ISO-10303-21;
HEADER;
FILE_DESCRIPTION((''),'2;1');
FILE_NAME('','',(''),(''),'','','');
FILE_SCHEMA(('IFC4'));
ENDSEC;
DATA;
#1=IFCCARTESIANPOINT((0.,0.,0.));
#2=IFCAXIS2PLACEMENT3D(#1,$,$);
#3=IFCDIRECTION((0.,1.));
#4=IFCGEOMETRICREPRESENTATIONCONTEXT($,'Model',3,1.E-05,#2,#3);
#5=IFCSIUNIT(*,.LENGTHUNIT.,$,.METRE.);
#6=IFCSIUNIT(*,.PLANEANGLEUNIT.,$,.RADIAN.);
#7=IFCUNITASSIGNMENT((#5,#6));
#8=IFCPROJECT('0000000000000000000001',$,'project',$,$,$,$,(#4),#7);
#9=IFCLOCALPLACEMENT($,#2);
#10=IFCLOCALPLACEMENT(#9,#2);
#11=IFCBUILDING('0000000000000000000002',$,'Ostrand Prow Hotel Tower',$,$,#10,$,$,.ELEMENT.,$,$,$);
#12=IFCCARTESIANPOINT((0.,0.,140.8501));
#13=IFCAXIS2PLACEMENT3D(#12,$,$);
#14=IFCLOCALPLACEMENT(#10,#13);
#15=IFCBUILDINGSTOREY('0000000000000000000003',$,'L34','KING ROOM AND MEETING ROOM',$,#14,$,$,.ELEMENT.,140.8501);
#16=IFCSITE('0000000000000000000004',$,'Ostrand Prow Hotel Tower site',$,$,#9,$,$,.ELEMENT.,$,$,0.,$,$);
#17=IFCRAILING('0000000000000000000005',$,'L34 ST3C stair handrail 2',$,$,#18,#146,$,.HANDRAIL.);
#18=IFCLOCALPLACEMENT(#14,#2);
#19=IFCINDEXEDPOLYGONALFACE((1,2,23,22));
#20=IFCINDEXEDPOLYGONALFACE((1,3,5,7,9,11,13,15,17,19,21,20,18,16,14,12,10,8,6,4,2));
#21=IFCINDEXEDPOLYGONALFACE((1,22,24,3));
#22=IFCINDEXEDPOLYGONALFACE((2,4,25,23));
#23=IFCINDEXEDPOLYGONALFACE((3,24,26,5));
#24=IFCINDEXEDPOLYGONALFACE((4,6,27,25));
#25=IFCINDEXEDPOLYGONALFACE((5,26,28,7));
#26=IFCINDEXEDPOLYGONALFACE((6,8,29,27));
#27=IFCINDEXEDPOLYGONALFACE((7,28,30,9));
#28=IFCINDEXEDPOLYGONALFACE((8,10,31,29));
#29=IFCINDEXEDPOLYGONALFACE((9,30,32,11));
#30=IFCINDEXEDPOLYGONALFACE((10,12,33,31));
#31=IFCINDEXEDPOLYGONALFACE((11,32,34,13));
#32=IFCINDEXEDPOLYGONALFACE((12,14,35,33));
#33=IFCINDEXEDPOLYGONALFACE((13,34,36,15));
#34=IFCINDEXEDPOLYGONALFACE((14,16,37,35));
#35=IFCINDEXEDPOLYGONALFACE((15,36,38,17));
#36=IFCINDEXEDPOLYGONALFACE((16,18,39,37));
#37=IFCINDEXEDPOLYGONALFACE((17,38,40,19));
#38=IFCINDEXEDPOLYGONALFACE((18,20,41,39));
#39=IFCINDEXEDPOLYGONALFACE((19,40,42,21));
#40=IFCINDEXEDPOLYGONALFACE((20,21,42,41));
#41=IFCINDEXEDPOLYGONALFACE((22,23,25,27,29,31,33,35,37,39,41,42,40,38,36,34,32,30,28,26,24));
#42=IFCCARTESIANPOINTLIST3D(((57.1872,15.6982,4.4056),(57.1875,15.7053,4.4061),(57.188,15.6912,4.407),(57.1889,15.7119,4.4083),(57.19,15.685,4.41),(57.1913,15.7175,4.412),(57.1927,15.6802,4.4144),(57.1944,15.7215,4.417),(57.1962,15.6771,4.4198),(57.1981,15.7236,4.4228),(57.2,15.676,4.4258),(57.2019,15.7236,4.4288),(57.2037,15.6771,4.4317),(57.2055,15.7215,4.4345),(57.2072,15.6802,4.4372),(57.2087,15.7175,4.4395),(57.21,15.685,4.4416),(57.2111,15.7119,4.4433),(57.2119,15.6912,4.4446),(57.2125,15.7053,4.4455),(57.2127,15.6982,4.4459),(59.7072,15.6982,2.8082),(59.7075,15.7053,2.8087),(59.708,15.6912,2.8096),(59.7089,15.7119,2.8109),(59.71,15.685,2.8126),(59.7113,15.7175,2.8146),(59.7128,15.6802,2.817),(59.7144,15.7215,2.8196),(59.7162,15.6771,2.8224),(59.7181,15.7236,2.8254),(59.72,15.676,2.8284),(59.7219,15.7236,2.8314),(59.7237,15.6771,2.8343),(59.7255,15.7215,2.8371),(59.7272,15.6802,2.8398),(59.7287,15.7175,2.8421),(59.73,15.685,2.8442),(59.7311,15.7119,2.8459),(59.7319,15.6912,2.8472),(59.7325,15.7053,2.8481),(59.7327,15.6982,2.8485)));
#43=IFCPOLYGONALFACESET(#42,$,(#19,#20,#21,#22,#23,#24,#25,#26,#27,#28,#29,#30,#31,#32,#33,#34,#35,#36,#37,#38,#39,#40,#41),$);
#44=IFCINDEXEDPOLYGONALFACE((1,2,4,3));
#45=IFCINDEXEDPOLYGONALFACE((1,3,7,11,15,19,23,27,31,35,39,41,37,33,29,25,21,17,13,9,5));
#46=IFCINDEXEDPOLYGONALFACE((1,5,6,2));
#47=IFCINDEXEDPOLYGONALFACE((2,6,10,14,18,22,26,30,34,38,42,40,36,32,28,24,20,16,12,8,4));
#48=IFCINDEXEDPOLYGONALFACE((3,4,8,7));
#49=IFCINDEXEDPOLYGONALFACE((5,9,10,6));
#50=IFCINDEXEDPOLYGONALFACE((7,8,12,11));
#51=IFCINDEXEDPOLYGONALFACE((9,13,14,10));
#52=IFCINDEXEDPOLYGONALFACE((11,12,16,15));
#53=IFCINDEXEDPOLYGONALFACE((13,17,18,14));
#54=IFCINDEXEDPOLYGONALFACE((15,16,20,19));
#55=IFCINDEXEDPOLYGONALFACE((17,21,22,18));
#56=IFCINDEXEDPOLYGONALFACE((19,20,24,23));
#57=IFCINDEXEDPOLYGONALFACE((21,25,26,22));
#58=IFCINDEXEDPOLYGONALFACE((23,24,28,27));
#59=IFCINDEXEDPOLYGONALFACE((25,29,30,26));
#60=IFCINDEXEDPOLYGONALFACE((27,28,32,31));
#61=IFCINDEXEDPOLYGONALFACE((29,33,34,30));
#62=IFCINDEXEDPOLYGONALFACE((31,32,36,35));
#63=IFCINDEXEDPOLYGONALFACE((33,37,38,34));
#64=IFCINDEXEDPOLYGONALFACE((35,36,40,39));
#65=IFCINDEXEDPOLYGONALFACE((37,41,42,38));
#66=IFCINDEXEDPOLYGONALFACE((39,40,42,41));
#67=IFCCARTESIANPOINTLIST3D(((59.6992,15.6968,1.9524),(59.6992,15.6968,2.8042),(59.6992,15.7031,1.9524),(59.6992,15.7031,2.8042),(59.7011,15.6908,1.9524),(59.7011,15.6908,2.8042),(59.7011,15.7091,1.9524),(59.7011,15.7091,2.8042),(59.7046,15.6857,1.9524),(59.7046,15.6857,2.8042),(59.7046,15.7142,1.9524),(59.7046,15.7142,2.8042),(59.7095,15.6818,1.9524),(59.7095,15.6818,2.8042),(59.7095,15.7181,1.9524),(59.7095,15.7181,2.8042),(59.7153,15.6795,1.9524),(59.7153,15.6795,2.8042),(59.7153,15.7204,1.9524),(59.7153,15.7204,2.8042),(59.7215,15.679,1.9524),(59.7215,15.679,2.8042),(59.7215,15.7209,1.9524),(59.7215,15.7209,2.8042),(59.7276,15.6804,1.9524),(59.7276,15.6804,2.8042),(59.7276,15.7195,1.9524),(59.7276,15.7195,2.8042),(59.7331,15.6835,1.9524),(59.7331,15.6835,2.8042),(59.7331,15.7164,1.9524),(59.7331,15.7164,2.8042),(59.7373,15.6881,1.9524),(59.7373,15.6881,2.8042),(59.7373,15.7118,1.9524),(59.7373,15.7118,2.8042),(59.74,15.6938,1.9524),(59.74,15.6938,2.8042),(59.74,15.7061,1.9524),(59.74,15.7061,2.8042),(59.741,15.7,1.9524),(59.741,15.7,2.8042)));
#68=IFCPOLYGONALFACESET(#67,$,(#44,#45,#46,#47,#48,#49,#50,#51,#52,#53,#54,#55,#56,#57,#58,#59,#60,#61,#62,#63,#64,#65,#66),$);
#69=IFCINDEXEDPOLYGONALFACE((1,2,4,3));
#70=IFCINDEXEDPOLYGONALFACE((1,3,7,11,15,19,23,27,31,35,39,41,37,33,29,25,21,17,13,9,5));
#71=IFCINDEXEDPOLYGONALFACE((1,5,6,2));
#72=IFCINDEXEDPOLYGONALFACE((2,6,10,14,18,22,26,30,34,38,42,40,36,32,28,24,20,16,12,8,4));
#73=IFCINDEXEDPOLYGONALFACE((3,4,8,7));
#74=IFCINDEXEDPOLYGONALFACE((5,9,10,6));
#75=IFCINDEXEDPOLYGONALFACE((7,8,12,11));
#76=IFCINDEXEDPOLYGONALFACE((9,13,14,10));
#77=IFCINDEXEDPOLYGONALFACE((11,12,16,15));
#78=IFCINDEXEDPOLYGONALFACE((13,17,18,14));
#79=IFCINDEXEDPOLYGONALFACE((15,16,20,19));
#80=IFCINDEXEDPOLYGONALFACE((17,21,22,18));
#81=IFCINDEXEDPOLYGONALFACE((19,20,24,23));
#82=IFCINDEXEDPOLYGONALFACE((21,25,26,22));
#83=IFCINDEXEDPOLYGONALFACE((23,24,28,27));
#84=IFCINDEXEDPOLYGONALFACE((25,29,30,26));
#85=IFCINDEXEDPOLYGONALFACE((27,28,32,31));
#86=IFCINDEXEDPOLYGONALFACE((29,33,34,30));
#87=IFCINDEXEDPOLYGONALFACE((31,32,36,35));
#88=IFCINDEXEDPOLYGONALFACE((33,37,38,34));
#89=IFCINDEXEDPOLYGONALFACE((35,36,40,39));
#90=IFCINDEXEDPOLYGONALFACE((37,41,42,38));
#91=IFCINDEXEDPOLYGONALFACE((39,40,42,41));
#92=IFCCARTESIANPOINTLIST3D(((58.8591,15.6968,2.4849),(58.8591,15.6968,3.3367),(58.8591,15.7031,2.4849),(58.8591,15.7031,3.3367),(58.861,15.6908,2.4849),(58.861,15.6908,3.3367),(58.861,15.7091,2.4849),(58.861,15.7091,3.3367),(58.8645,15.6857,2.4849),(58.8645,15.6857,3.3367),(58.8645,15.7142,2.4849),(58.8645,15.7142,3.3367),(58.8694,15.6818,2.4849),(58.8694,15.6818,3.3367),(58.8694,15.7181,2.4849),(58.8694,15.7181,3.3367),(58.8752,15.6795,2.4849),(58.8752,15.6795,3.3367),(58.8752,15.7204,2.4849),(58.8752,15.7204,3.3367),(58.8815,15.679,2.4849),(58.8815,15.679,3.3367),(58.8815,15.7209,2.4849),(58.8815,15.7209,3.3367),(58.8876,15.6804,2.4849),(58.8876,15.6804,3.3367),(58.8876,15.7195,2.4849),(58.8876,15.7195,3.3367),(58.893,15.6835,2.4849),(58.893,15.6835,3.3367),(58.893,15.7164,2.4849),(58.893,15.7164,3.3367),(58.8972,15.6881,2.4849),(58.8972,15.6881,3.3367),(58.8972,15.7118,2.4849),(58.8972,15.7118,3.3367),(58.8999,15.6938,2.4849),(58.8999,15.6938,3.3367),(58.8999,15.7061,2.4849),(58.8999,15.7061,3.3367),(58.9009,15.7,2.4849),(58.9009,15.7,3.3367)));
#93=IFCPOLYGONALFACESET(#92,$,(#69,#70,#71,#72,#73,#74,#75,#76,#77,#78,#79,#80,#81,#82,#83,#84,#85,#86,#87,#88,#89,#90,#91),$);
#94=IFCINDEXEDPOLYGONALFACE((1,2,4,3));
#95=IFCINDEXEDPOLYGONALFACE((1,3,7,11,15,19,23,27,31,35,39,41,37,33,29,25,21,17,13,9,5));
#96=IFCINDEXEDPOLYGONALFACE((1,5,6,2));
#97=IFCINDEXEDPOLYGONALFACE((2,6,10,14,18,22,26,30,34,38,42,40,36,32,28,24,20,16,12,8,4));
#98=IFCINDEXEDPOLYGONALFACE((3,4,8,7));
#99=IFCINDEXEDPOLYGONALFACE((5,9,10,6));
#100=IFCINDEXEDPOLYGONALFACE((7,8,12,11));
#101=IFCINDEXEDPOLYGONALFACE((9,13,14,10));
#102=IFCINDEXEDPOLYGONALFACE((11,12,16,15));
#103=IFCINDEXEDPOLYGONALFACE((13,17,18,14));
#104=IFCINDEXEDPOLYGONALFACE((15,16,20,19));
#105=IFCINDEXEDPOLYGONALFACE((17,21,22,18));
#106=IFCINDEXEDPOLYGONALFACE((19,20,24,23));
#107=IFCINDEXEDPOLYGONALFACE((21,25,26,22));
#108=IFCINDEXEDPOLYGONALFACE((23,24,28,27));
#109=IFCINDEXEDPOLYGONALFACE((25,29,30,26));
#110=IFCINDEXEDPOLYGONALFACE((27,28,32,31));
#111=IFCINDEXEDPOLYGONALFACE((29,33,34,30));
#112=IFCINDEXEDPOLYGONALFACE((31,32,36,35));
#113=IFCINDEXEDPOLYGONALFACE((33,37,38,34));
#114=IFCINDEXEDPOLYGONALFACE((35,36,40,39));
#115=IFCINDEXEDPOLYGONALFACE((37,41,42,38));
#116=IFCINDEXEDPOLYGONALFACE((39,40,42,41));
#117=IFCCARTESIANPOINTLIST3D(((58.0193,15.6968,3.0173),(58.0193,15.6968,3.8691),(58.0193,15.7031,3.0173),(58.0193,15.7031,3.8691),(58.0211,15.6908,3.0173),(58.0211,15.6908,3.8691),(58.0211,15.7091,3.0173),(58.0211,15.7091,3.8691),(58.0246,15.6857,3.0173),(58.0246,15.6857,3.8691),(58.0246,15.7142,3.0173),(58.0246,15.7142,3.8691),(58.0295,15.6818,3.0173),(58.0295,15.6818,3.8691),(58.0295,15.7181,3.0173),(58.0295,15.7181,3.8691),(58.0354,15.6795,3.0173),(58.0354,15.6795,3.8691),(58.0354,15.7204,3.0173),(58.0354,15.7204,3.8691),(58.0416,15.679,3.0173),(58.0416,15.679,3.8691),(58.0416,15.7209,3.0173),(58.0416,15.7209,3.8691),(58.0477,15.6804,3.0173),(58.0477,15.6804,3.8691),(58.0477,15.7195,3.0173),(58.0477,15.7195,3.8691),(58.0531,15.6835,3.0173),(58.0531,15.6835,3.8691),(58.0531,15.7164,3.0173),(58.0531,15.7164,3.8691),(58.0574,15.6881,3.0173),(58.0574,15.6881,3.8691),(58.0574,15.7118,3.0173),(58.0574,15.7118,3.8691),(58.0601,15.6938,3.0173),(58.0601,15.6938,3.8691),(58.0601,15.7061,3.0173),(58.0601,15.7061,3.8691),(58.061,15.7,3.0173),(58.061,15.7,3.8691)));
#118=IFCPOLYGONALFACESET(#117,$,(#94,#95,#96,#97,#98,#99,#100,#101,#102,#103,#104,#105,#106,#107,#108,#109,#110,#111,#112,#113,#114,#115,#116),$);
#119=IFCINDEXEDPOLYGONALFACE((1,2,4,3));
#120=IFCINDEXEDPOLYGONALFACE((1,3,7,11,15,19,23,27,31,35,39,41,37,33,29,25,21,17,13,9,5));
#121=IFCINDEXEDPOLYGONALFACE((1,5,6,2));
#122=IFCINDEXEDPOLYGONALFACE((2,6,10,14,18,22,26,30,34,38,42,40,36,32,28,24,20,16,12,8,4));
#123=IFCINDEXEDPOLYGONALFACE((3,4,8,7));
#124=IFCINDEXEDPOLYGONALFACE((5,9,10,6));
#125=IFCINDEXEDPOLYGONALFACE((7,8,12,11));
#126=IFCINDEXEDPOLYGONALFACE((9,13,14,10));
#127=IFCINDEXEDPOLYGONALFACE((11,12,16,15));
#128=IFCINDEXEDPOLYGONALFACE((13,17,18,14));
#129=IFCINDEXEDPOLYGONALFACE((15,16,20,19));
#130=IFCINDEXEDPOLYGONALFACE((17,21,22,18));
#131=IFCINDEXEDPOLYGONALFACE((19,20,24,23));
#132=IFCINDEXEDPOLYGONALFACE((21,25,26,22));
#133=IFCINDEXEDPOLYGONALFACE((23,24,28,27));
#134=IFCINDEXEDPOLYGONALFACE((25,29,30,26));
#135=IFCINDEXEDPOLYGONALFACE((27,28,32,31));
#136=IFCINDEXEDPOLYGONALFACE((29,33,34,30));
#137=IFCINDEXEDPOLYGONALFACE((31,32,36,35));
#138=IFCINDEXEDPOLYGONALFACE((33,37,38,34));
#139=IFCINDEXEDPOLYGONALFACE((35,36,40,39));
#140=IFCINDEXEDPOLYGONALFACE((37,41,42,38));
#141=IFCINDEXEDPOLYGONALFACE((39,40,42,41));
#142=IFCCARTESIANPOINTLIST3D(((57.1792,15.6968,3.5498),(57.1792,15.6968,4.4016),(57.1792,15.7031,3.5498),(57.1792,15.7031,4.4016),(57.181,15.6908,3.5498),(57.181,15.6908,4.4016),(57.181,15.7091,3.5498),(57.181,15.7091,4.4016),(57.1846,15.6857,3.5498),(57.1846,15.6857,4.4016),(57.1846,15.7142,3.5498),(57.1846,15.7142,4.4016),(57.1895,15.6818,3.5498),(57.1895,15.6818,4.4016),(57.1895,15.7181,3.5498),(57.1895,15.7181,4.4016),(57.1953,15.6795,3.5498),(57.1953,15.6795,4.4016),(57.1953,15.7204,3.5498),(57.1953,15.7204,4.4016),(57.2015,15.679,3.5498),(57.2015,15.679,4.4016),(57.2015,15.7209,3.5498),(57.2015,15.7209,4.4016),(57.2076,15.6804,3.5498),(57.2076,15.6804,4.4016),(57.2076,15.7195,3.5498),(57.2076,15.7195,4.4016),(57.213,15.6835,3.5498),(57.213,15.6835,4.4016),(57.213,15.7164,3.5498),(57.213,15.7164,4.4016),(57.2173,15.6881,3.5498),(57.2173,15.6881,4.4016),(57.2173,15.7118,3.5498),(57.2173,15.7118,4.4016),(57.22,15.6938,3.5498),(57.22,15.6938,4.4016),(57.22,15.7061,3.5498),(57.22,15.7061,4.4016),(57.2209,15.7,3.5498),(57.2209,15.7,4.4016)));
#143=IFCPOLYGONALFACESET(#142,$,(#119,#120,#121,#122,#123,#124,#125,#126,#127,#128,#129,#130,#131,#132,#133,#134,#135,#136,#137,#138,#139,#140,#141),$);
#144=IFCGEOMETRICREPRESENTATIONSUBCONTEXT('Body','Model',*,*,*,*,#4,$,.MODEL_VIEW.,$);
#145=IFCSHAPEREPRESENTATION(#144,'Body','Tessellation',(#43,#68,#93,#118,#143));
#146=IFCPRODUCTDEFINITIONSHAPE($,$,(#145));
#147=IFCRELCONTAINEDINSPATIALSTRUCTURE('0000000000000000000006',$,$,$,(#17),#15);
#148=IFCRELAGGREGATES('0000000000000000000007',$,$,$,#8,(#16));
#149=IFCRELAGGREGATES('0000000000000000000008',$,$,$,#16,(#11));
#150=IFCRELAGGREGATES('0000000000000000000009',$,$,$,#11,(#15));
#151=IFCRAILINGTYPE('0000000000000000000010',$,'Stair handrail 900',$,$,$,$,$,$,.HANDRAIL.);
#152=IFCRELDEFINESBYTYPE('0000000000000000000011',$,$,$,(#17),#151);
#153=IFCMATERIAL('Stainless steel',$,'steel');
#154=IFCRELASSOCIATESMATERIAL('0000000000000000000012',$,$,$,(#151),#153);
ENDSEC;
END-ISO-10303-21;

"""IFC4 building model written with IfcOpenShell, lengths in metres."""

from ifc_helpers import new_model, si_unit, direction, frame, origin, origin_2d, place, context, subcontext, project, spatial, circle, extrude, material, type_object, element, save


model = new_model("IFC4")

# Units and contexts
model_context = context("Model", 3, precision=1e-05, world=origin(), true_north=direction((0.0, 1.0)))
body_context = subcontext(model_context, "Body", "Model", "MODEL_VIEW")
ifc_project = project(units=[si_unit("LENGTHUNIT", "METRE"), si_unit("PLANEANGLEUNIT", "RADIAN")], contexts=[model_context])

# Site, building, storey
site_placement = place(None, origin())
site = spatial("IfcSite", under=ifc_project, at=site_placement, Name="Ostrand Prow Hotel Tower site", CompositionType="ELEMENT", RefElevation=0.0)
building_placement = place(site_placement, origin())
building = spatial("IfcBuilding", under=site, at=building_placement, Name="Ostrand Prow Hotel Tower", CompositionType="ELEMENT")
storey_placement = place(building_placement, frame((0.0, 0.0, 140.8501)))
storey = spatial("IfcBuildingStorey", under=building, at=storey_placement, Name="L34", Description="KING ROOM AND MEETING ROOM", CompositionType="ELEMENT", Elevation=140.8501)

# Railing
ifc_material_1 = material(Name="Stainless steel", Category="steel")
railing_type_1 = type_object("IfcRailingType", Name="Stair handrail 900", PredefinedType="HANDRAIL", material=ifc_material_1)
railing_1_placement = place(storey_placement, frame((59.72, 15.7, 1.9524)))
element("IfcRailing", 1, at=railing_1_placement, inside=storey, type_object=railing_type_1, Name="L34 ST3C stair handrail 2", PredefinedType="HANDRAIL", context=body_context, shape_type="SweptSolid", body=[
    extrude(circle(Radius=0.0239, at=origin_2d()), frame((0.0, 0.0, 0.876), z_axis=(-0.844607, 0.0, 0.535387), x_axis=(0.0, -1.0, 0.0)), (0.0, 0.0, 1.0), 2.9836),
    extrude(circle(Radius=0.021, at=origin_2d()), origin(), (0.0, 0.0, 1.0), 0.8518),
    extrude(circle(Radius=0.021, at=origin_2d()), frame((-0.8401, 0.0, 0.5325)), (0.0, 0.0, 1.0), 0.8518),
    extrude(circle(Radius=0.021, at=origin_2d()), frame((-1.6799, 0.0, 1.0649)), (0.0, 0.0, 1.0), 0.8518),
    extrude(circle(Radius=0.021, at=origin_2d()), frame((-2.52, 0.0, 1.5974)), (0.0, 0.0, 1.0), 0.8518),
])

save(model, "model.ifc")
